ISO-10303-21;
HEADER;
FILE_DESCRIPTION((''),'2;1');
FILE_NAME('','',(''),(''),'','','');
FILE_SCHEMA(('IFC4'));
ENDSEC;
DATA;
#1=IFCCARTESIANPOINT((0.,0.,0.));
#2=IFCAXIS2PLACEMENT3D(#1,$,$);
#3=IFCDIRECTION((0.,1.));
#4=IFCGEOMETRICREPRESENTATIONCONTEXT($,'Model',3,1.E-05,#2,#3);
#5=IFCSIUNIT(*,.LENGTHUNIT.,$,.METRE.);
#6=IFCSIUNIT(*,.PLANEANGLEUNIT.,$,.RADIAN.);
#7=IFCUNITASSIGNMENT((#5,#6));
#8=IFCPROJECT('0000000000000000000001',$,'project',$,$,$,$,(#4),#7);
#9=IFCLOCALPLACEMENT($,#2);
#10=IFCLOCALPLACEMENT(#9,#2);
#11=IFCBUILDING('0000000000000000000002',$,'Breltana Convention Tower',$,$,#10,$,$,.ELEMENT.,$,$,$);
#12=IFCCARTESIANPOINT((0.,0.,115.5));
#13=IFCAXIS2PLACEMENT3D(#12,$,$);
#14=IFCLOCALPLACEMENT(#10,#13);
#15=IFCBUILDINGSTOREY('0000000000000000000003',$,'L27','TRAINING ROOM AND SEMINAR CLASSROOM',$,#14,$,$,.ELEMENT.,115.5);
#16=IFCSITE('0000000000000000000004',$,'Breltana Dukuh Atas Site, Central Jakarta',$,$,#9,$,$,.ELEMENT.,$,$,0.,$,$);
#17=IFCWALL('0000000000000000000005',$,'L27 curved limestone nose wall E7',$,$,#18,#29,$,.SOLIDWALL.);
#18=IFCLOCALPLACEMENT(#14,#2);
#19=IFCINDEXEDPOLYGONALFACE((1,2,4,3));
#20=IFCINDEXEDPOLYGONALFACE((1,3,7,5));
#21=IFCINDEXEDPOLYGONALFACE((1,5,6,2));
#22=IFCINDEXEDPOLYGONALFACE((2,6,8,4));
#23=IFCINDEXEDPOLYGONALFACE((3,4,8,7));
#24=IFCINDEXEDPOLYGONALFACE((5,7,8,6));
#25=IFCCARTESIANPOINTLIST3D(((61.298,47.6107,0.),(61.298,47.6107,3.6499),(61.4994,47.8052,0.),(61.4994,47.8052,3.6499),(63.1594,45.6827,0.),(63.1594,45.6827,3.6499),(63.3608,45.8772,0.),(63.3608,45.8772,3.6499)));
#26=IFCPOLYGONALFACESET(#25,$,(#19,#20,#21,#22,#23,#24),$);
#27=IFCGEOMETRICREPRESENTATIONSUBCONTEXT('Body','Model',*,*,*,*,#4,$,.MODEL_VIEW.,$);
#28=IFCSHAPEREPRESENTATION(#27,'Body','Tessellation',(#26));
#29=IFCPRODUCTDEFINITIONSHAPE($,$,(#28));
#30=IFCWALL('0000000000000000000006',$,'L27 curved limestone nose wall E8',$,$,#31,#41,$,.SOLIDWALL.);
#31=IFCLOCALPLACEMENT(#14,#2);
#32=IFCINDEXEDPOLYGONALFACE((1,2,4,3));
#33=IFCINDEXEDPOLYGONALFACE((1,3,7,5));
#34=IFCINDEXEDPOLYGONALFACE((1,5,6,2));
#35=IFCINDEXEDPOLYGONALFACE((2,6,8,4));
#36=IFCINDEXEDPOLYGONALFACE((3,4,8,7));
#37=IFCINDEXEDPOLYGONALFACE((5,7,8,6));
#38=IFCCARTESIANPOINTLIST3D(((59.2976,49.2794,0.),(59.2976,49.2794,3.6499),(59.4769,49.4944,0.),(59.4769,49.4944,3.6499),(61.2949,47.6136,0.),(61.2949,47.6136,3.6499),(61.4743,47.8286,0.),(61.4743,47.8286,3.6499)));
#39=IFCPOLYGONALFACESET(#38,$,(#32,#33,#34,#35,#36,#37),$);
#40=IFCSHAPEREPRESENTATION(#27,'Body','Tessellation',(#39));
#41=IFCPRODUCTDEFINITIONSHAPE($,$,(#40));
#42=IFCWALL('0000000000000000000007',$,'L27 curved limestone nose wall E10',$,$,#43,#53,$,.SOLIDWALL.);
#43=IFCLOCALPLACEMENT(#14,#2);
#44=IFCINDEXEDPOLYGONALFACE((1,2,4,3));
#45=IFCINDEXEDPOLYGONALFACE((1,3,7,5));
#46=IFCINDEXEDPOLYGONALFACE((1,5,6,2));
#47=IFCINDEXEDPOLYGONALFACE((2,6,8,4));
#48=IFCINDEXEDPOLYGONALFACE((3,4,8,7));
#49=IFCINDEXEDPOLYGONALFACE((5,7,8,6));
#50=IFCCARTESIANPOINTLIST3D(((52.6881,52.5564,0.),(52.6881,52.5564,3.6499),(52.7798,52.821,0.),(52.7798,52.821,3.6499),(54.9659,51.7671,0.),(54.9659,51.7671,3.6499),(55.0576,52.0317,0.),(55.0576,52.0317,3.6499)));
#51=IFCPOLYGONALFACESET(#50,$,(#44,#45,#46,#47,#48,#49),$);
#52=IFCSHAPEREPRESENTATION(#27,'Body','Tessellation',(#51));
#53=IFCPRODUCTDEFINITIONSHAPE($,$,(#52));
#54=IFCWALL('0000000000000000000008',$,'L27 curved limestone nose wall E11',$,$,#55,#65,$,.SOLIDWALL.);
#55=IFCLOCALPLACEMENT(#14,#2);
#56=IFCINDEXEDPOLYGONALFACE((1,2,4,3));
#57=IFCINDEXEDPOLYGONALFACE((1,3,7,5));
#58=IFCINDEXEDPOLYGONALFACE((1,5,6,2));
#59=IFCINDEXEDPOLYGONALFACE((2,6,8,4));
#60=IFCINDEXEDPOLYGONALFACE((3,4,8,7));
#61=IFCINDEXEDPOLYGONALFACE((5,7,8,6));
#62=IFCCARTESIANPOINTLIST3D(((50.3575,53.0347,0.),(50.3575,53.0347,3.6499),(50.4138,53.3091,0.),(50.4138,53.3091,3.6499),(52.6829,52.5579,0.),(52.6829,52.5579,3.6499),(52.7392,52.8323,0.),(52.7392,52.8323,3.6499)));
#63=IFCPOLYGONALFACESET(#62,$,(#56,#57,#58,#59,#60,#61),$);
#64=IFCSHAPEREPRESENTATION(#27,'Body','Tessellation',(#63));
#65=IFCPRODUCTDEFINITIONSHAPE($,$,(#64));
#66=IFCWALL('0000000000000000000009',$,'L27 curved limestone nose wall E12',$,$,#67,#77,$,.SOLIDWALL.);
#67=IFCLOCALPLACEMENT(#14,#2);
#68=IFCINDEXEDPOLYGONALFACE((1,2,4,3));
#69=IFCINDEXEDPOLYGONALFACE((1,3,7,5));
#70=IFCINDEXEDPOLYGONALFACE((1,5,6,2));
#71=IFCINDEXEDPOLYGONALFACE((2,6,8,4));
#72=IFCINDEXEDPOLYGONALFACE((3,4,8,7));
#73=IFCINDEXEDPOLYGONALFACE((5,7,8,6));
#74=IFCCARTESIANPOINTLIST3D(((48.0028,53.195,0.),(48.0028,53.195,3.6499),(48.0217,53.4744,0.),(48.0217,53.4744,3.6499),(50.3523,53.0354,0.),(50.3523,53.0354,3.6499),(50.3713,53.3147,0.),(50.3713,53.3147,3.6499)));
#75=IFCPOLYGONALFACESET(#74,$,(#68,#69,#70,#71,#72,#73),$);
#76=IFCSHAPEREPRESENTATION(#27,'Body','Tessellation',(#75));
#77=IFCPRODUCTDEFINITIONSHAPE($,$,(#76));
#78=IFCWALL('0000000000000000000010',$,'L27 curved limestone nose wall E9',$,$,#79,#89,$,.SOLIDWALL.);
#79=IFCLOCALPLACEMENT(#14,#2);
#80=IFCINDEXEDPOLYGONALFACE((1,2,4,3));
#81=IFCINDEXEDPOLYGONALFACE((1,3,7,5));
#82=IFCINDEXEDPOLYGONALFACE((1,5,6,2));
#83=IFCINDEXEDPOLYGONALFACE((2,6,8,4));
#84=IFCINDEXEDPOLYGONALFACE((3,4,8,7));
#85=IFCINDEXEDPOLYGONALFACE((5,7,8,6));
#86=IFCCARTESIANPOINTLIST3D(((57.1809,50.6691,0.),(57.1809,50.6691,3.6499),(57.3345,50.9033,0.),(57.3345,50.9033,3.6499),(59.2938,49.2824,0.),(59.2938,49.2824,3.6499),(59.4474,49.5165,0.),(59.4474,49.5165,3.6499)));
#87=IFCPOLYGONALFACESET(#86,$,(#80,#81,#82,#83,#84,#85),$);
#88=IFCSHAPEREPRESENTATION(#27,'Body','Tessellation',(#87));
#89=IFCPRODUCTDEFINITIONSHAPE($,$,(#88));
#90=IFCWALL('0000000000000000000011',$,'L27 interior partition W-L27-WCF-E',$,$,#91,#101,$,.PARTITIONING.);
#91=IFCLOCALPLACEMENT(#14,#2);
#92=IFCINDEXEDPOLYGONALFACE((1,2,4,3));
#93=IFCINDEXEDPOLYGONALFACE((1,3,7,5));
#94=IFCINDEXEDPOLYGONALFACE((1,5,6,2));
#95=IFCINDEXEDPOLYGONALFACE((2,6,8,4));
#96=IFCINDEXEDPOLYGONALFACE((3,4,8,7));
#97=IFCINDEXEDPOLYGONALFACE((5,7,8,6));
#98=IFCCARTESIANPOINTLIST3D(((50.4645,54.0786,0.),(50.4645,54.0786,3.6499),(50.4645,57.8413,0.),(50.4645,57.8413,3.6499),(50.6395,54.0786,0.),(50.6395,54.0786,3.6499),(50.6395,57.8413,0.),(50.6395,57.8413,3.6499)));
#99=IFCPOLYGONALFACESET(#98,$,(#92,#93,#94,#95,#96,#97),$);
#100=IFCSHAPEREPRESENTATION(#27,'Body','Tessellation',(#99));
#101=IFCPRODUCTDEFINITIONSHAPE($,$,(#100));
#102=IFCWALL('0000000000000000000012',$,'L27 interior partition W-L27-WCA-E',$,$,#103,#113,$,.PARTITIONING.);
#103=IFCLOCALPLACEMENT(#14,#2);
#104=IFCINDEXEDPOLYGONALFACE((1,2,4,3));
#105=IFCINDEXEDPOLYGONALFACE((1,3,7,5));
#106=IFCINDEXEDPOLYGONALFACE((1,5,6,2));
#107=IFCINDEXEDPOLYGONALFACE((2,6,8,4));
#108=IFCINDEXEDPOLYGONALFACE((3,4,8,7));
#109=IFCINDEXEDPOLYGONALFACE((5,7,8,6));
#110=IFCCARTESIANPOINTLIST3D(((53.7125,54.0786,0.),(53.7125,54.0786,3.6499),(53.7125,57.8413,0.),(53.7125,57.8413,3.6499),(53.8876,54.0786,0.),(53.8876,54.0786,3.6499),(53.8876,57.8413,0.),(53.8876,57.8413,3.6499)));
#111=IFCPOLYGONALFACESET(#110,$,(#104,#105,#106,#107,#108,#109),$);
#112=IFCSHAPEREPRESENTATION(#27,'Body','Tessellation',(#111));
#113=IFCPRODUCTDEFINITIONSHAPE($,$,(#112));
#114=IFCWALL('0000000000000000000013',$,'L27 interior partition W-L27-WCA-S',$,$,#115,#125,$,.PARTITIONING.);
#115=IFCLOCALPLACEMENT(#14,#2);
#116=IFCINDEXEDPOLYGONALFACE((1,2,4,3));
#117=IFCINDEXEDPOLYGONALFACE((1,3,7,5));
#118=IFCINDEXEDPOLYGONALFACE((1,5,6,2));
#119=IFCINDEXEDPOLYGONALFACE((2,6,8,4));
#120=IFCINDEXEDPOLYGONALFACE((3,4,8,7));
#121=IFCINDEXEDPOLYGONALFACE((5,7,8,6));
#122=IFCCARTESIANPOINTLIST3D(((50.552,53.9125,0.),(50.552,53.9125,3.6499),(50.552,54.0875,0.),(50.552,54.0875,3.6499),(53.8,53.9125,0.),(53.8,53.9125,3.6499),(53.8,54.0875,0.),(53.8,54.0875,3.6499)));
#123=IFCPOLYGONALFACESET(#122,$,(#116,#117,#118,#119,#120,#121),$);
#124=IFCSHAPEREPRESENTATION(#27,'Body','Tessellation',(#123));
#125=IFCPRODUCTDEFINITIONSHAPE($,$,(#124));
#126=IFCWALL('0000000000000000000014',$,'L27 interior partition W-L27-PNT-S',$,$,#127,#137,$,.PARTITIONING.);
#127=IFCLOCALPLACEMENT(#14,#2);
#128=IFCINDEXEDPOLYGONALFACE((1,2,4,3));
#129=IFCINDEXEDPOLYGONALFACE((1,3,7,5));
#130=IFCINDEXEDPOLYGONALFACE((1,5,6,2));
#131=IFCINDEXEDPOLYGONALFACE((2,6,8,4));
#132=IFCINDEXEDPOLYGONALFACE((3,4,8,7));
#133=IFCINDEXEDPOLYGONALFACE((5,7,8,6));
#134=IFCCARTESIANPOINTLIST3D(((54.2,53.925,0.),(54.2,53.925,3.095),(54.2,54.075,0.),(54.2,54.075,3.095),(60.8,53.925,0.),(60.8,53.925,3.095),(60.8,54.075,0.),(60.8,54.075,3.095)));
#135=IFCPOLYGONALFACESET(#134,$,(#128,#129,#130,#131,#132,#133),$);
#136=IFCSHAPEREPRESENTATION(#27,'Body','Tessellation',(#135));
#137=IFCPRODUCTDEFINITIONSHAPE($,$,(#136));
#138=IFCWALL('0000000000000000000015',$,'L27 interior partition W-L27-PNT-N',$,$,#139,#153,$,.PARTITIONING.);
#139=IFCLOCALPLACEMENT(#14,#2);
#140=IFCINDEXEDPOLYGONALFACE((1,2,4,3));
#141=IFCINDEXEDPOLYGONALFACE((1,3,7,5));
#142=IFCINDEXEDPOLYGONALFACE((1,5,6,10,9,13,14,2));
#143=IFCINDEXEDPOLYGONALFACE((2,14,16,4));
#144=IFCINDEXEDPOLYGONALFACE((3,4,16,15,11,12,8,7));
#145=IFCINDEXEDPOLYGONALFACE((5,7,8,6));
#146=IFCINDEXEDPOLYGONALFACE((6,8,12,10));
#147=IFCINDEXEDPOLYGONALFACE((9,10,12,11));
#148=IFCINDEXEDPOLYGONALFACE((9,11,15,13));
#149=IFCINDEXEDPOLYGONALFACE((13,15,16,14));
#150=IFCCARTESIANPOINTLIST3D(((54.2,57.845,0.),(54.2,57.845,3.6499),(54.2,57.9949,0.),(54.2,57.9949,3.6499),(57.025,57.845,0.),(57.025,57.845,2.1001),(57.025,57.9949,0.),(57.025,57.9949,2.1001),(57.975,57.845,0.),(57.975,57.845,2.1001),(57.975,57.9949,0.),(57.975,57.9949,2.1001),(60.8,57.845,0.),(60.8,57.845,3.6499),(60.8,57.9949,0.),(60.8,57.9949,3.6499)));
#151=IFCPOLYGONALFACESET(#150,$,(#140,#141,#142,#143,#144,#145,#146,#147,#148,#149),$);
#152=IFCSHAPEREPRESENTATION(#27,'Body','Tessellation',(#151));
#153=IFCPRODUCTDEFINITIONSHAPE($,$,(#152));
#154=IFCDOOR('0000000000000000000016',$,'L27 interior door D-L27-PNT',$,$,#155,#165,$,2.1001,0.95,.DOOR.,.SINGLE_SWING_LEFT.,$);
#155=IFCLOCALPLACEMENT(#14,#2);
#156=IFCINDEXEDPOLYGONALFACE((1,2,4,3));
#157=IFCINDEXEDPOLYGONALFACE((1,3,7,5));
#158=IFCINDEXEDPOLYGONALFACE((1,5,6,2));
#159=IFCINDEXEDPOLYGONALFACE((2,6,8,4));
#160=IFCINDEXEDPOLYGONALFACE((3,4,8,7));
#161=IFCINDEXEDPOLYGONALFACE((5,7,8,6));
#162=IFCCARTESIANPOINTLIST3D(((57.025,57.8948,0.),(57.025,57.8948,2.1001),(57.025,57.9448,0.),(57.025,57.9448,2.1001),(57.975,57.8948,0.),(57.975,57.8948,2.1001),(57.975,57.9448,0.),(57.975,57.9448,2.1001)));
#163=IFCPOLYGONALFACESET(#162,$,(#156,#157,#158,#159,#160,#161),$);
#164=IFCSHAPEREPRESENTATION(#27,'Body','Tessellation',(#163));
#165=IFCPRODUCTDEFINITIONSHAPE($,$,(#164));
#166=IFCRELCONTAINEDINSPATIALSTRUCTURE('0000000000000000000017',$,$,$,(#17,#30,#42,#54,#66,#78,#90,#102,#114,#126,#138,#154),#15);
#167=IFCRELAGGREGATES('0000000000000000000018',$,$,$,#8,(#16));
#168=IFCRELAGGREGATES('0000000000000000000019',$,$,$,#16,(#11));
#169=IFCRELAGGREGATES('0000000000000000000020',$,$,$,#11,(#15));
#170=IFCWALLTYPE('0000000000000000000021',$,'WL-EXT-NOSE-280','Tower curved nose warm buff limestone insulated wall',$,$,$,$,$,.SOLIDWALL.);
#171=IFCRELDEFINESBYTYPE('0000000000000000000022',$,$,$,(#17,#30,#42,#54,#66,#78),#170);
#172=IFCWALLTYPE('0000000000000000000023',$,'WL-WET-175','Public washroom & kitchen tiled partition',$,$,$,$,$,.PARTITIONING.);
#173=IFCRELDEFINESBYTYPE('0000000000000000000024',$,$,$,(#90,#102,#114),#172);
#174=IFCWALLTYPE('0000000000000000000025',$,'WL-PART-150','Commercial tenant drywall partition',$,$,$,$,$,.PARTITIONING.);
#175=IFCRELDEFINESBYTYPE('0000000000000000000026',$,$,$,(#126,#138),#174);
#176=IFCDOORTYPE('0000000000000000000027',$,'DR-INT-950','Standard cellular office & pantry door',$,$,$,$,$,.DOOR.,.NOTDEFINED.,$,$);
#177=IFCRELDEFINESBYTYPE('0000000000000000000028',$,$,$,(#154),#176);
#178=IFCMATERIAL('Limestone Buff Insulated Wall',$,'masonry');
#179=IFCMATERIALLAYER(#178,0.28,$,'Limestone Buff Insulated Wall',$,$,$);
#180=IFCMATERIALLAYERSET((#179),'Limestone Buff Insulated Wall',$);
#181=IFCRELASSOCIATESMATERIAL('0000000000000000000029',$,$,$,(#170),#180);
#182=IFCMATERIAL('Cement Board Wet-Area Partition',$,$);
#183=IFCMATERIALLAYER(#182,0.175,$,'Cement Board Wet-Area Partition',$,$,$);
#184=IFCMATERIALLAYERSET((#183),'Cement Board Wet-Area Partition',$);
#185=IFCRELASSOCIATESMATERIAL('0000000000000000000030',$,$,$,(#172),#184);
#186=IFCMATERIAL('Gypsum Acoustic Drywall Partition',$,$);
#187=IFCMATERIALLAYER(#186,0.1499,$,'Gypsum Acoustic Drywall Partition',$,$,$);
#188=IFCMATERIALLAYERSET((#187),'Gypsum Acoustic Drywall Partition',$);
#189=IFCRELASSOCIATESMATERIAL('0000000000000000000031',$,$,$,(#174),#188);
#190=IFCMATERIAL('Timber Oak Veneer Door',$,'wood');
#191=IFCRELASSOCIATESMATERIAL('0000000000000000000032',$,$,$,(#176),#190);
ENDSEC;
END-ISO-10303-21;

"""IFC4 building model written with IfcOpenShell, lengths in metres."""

from ifc_helpers import new_model, si_unit, direction, frame, frame_2d, origin, place, context, subcontext, project, spatial, rectangle, extrude, source, transform, mapped, material, layer, layer_set, type_object, type_shapes, element, fill, save


model = new_model("IFC4")

# Units and contexts
model_context = context("Model", 3, precision=1e-05, world=origin(), true_north=direction((0.0, 1.0)))
body_context = subcontext(model_context, "Body", "Model", "MODEL_VIEW")
ifc_project = project(units=[si_unit("LENGTHUNIT", "METRE"), si_unit("PLANEANGLEUNIT", "RADIAN")], contexts=[model_context])

# Site, building, storey
site_placement = place(None, origin())
site = spatial("IfcSite", under=ifc_project, at=site_placement, Name="Breltana Dukuh Atas Site, Central Jakarta", CompositionType="ELEMENT", RefElevation=0.0)
building_placement = place(site_placement, origin())
building = spatial("IfcBuilding", under=site, at=building_placement, Name="Breltana Convention Tower", CompositionType="ELEMENT")
storey_placement = place(building_placement, frame((0.0, 0.0, 115.5)))
storey = spatial("IfcBuildingStorey", under=building, at=storey_placement, Name="L27", Description="TRAINING ROOM AND SEMINAR CLASSROOM", CompositionType="ELEMENT", Elevation=115.5)

# Walls
ifc_material_1 = material(Name="Limestone Buff Insulated Wall", Category="masonry")
ifc_layer_1 = layer(ifc_material_1, 0.28, Name="Limestone Buff Insulated Wall")
ifc_layer_set_1 = layer_set([ifc_layer_1], Name="Limestone Buff Insulated Wall")
wall_type_1 = type_object("IfcWallType", Name="WL-EXT-NOSE-280", Description="Tower curved nose warm buff limestone insulated wall", PredefinedType="SOLIDWALL", material=ifc_layer_set_1)
shared_shape_1 = source(origin(), body_context, "Body", "SweptSolid", [
    extrude(rectangle(XDim=2.6799, YDim=0.28, at=frame_2d((1.3398, 0.0))), origin(), (0.0, 0.0, 1.0), 3.6499),
])
wall_1_placement = place(storey_placement, frame((63.26, 45.78, 0.0), z_axis=(0.0, 0.0, 1.0), x_axis=(-0.694562, 0.719433, 0.0)))
element("IfcWall", 1, at=wall_1_placement, inside=storey, type_object=wall_type_1, Name="L27 curved limestone nose wall E7", PredefinedType="SOLIDWALL", context=body_context, shape_type="MappedRepresentation", body=[
    mapped(shared_shape_1, transform((0.0, 0.0, 0.0), scale=1.0)),
])
shared_shape_2 = source(origin(), body_context, "Body", "SweptSolid", [
    extrude(rectangle(XDim=2.6008, YDim=0.28, at=frame_2d((1.3003, 0.0))), origin(), (0.0, 0.0, 1.0), 3.6499),
])
wall_2_placement = place(storey_placement, frame((61.3845, 47.7212, 0.0), z_axis=(0.0, 0.0, 1.0), x_axis=(-0.767967, 0.640489, 0.0)))
element("IfcWall", 2, at=wall_2_placement, inside=storey, type_object=wall_type_1, Name="L27 curved limestone nose wall E8", PredefinedType="SOLIDWALL", context=body_context, shape_type="MappedRepresentation", body=[
    mapped(shared_shape_2, transform((0.0, 0.0, 0.0), scale=1.0)),
])
shared_shape_3 = source(origin(), body_context, "Body", "SweptSolid", [
    extrude(rectangle(XDim=2.4106, YDim=0.28, at=frame_2d((1.2053, 0.0))), origin(), (0.0, 0.0, 1.0), 3.6499),
])
wall_3_placement = place(storey_placement, frame((55.0117, 51.8994, 0.0), z_axis=(0.0, 0.0, 1.0), x_axis=(-0.94488, 0.327417, 0.0)))
element("IfcWall", 3, at=wall_3_placement, inside=storey, type_object=wall_type_1, Name="L27 curved limestone nose wall E10", PredefinedType="SOLIDWALL", context=body_context, shape_type="MappedRepresentation", body=[
    mapped(shared_shape_3, transform((0.0, 0.0, 0.0), scale=1.0)),
])
shared_shape_4 = source(origin(), body_context, "Body", "SweptSolid", [
    extrude(rectangle(XDim=2.3738, YDim=0.28, at=frame_2d((1.187, 0.0))), origin(), (0.0, 0.0, 1.0), 3.6499),
])
wall_4_placement = place(storey_placement, frame((52.7112, 52.6951, 0.0), z_axis=(0.0, 0.0, 1.0), x_axis=(-0.97962, 0.200861, 0.0)))
element("IfcWall", 4, at=wall_4_placement, inside=storey, type_object=wall_type_1, Name="L27 curved limestone nose wall E11", PredefinedType="SOLIDWALL", context=body_context, shape_type="MappedRepresentation", body=[
    mapped(shared_shape_4, transform((0.0, 0.0, 0.0), scale=1.0)),
])
shared_shape_5 = source(origin(), body_context, "Body", "SweptSolid", [
    extrude(rectangle(XDim=2.355, YDim=0.28, at=frame_2d((1.1775, 0.0))), origin(), (0.0, 0.0, 1.0), 3.6499),
])
wall_5_placement = place(storey_placement, frame((50.3618, 53.175, 0.0), z_axis=(0.0, 0.0, 1.0), x_axis=(-0.997699, 0.067799, 0.0)))
element("IfcWall", 5, at=wall_5_placement, inside=storey, type_object=wall_type_1, Name="L27 curved limestone nose wall E12", PredefinedType="SOLIDWALL", context=body_context, shape_type="MappedRepresentation", body=[
    mapped(shared_shape_5, transform((0.0, 0.0, 0.0), scale=1.0)),
])
shared_shape_6 = source(origin(), body_context, "Body", "SweptSolid", [
    extrude(rectangle(XDim=2.5273, YDim=0.28, at=frame_2d((1.2637, 0.0))), origin(), (0.0, 0.0, 1.0), 3.6499),
])
wall_6_placement = place(storey_placement, frame((59.3706, 49.3994, 0.0), z_axis=(0.0, 0.0, 1.0), x_axis=(-0.836012, 0.548711, 0.0)))
element("IfcWall", 6, at=wall_6_placement, inside=storey, type_object=wall_type_1, Name="L27 curved limestone nose wall E9", PredefinedType="SOLIDWALL", context=body_context, shape_type="MappedRepresentation", body=[
    mapped(shared_shape_6, transform((0.0, 0.0, 0.0), scale=1.0)),
])
ifc_material_2 = material(Name="Cement Board Wet-Area Partition")
ifc_layer_2 = layer(ifc_material_2, 0.175, Name="Cement Board Wet-Area Partition")
ifc_layer_set_2 = layer_set([ifc_layer_2], Name="Cement Board Wet-Area Partition")
wall_type_2 = type_object("IfcWallType", Name="WL-WET-175", Description="Public washroom & kitchen tiled partition", PredefinedType="PARTITIONING", material=ifc_layer_set_2)
shared_shape_7 = source(origin(), body_context, "Body", "SweptSolid", [
    extrude(rectangle(XDim=3.7627, YDim=0.175, at=frame_2d((1.8813, 0.0))), origin(), (0.0, 0.0, 1.0), 3.6499),
])
for number, where, z_axis, x_axis, name in (
    (7, (50.552, 54.0786, 0.0), (0.0, 0.0, 1.0), (0.0, 1.0, 0.0), "L27 interior partition W-L27-WCF-E"),
    (8, (53.8, 54.0786, 0.0), (0.0, 0.0, 1.0), (0.0, 1.0, 0.0), "L27 interior partition W-L27-WCA-E"),
):
    element("IfcWall", number, at=place(storey_placement, frame(where, z_axis=z_axis, x_axis=x_axis)), inside=storey, type_object=wall_type_2, Name=name, PredefinedType="PARTITIONING", context=body_context, shape_type="MappedRepresentation", body=[
        mapped(shared_shape_7, transform((0.0, 0.0, 0.0), scale=1.0)),
    ])
shared_shape_8 = source(origin(), body_context, "Body", "SweptSolid", [
    extrude(rectangle(XDim=3.248, YDim=0.175, at=frame_2d((1.624, 0.0))), origin(), (0.0, 0.0, 1.0), 3.6499),
])
wall_7_placement = place(storey_placement, frame((50.552, 54.0, 0.0), z_axis=(0.0, 0.0, 1.0), x_axis=(1.0, 0.0, 0.0)))
element("IfcWall", 9, at=wall_7_placement, inside=storey, type_object=wall_type_2, Name="L27 interior partition W-L27-WCA-S", PredefinedType="PARTITIONING", context=body_context, shape_type="MappedRepresentation", body=[
    mapped(shared_shape_8, transform((0.0, 0.0, 0.0), scale=1.0)),
])

# Wall
ifc_material_3 = material(Name="Gypsum Acoustic Drywall Partition")
ifc_layer_3 = layer(ifc_material_3, 0.1499, Name="Gypsum Acoustic Drywall Partition")
ifc_layer_set_3 = layer_set([ifc_layer_3], Name="Gypsum Acoustic Drywall Partition")
wall_type_3 = type_object("IfcWallType", Name="WL-PART-150", Description="Commercial tenant drywall partition", PredefinedType="PARTITIONING", material=ifc_layer_set_3)
shared_shape_9 = source(origin(), body_context, "Body", "SweptSolid", [
    extrude(rectangle(XDim=6.6001, YDim=0.1499, at=frame_2d((3.3, 0.0))), origin(), (0.0, 0.0, 1.0), 3.095),
])
wall_8_placement = place(storey_placement, frame((54.2, 54.0, 0.0), z_axis=(0.0, 0.0, 1.0), x_axis=(1.0, 0.0, 0.0)))
element("IfcWall", 10, at=wall_8_placement, inside=storey, type_object=wall_type_3, Name="L27 interior partition W-L27-PNT-S", PredefinedType="PARTITIONING", context=body_context, shape_type="MappedRepresentation", body=[
    mapped(shared_shape_9, transform((0.0, 0.0, 0.0), scale=1.0)),
])

# Wall, opening, door
shared_shape_10 = source(origin(), body_context, "Body", "SweptSolid", [
    extrude(rectangle(XDim=6.6001, YDim=0.1499, at=frame_2d((3.3, 0.0))), origin(), (0.0, 0.0, 1.0), 3.6499),
])
wall_9_placement = place(storey_placement, frame((54.2, 57.9199, 0.0), z_axis=(0.0, 0.0, 1.0), x_axis=(1.0, 0.0, 0.0)))
wall_9 = element("IfcWall", 11, at=wall_9_placement, inside=storey, type_object=wall_type_3, Name="L27 interior partition W-L27-PNT-N", PredefinedType="PARTITIONING", context=body_context, shape_type="MappedRepresentation", body=[
    mapped(shared_shape_10, transform((0.0, 0.0, 0.0), scale=1.0)),
])
opening_1_placement = place(wall_9_placement, frame((2.825, 0.0, 0.0)))
opening_1 = element("IfcOpeningElement", 12, at=opening_1_placement, cuts=wall_9, PredefinedType="OPENING", context=body_context, shape_type="SweptSolid", body=[
    extrude(rectangle(XDim=0.95, YDim=2.1001, at=frame_2d((0.4751, 1.05))), frame((0.0, 0.085, 0.0), z_axis=(0.0, -1.0, 0.0), x_axis=(1.0, 0.0, 0.0)), (0.0, 0.0, 1.0), 0.1699),
])
ifc_material_4 = material(Name="Timber Oak Veneer Door", Category="wood")
door_type_1 = type_object("IfcDoorType", Name="DR-INT-950", Description="Standard cellular office & pantry door", OperationType="NOTDEFINED", PredefinedType="DOOR", material=ifc_material_4)
shared_shape_11 = source(origin(), body_context, "Body", "SweptSolid", [
    extrude(rectangle(XDim=0.95, YDim=2.1001, at=frame_2d((0.4751, 1.05))), frame((0.0, 0.0249, 0.0), z_axis=(0.0, -1.0, 0.0), x_axis=(1.0, 0.0, 0.0)), (0.0, 0.0, 1.0), 0.05),
])
type_shapes(door_type_1, [shared_shape_11])
door_1_placement = place(opening_1_placement, origin())
door_1 = element("IfcDoor", 13, at=door_1_placement, inside=storey, type_object=door_type_1, Name="L27 interior door D-L27-PNT", OperationType="SINGLE_SWING_LEFT", OverallHeight=2.1001, OverallWidth=0.95, PredefinedType="DOOR", context=body_context, shape_type="MappedRepresentation", body=[
    mapped(shared_shape_11, transform((0.0, 0.0, 0.0), scale=1.0)),
])
fill(opening_1, door_1)

save(model, "model.ifc")
